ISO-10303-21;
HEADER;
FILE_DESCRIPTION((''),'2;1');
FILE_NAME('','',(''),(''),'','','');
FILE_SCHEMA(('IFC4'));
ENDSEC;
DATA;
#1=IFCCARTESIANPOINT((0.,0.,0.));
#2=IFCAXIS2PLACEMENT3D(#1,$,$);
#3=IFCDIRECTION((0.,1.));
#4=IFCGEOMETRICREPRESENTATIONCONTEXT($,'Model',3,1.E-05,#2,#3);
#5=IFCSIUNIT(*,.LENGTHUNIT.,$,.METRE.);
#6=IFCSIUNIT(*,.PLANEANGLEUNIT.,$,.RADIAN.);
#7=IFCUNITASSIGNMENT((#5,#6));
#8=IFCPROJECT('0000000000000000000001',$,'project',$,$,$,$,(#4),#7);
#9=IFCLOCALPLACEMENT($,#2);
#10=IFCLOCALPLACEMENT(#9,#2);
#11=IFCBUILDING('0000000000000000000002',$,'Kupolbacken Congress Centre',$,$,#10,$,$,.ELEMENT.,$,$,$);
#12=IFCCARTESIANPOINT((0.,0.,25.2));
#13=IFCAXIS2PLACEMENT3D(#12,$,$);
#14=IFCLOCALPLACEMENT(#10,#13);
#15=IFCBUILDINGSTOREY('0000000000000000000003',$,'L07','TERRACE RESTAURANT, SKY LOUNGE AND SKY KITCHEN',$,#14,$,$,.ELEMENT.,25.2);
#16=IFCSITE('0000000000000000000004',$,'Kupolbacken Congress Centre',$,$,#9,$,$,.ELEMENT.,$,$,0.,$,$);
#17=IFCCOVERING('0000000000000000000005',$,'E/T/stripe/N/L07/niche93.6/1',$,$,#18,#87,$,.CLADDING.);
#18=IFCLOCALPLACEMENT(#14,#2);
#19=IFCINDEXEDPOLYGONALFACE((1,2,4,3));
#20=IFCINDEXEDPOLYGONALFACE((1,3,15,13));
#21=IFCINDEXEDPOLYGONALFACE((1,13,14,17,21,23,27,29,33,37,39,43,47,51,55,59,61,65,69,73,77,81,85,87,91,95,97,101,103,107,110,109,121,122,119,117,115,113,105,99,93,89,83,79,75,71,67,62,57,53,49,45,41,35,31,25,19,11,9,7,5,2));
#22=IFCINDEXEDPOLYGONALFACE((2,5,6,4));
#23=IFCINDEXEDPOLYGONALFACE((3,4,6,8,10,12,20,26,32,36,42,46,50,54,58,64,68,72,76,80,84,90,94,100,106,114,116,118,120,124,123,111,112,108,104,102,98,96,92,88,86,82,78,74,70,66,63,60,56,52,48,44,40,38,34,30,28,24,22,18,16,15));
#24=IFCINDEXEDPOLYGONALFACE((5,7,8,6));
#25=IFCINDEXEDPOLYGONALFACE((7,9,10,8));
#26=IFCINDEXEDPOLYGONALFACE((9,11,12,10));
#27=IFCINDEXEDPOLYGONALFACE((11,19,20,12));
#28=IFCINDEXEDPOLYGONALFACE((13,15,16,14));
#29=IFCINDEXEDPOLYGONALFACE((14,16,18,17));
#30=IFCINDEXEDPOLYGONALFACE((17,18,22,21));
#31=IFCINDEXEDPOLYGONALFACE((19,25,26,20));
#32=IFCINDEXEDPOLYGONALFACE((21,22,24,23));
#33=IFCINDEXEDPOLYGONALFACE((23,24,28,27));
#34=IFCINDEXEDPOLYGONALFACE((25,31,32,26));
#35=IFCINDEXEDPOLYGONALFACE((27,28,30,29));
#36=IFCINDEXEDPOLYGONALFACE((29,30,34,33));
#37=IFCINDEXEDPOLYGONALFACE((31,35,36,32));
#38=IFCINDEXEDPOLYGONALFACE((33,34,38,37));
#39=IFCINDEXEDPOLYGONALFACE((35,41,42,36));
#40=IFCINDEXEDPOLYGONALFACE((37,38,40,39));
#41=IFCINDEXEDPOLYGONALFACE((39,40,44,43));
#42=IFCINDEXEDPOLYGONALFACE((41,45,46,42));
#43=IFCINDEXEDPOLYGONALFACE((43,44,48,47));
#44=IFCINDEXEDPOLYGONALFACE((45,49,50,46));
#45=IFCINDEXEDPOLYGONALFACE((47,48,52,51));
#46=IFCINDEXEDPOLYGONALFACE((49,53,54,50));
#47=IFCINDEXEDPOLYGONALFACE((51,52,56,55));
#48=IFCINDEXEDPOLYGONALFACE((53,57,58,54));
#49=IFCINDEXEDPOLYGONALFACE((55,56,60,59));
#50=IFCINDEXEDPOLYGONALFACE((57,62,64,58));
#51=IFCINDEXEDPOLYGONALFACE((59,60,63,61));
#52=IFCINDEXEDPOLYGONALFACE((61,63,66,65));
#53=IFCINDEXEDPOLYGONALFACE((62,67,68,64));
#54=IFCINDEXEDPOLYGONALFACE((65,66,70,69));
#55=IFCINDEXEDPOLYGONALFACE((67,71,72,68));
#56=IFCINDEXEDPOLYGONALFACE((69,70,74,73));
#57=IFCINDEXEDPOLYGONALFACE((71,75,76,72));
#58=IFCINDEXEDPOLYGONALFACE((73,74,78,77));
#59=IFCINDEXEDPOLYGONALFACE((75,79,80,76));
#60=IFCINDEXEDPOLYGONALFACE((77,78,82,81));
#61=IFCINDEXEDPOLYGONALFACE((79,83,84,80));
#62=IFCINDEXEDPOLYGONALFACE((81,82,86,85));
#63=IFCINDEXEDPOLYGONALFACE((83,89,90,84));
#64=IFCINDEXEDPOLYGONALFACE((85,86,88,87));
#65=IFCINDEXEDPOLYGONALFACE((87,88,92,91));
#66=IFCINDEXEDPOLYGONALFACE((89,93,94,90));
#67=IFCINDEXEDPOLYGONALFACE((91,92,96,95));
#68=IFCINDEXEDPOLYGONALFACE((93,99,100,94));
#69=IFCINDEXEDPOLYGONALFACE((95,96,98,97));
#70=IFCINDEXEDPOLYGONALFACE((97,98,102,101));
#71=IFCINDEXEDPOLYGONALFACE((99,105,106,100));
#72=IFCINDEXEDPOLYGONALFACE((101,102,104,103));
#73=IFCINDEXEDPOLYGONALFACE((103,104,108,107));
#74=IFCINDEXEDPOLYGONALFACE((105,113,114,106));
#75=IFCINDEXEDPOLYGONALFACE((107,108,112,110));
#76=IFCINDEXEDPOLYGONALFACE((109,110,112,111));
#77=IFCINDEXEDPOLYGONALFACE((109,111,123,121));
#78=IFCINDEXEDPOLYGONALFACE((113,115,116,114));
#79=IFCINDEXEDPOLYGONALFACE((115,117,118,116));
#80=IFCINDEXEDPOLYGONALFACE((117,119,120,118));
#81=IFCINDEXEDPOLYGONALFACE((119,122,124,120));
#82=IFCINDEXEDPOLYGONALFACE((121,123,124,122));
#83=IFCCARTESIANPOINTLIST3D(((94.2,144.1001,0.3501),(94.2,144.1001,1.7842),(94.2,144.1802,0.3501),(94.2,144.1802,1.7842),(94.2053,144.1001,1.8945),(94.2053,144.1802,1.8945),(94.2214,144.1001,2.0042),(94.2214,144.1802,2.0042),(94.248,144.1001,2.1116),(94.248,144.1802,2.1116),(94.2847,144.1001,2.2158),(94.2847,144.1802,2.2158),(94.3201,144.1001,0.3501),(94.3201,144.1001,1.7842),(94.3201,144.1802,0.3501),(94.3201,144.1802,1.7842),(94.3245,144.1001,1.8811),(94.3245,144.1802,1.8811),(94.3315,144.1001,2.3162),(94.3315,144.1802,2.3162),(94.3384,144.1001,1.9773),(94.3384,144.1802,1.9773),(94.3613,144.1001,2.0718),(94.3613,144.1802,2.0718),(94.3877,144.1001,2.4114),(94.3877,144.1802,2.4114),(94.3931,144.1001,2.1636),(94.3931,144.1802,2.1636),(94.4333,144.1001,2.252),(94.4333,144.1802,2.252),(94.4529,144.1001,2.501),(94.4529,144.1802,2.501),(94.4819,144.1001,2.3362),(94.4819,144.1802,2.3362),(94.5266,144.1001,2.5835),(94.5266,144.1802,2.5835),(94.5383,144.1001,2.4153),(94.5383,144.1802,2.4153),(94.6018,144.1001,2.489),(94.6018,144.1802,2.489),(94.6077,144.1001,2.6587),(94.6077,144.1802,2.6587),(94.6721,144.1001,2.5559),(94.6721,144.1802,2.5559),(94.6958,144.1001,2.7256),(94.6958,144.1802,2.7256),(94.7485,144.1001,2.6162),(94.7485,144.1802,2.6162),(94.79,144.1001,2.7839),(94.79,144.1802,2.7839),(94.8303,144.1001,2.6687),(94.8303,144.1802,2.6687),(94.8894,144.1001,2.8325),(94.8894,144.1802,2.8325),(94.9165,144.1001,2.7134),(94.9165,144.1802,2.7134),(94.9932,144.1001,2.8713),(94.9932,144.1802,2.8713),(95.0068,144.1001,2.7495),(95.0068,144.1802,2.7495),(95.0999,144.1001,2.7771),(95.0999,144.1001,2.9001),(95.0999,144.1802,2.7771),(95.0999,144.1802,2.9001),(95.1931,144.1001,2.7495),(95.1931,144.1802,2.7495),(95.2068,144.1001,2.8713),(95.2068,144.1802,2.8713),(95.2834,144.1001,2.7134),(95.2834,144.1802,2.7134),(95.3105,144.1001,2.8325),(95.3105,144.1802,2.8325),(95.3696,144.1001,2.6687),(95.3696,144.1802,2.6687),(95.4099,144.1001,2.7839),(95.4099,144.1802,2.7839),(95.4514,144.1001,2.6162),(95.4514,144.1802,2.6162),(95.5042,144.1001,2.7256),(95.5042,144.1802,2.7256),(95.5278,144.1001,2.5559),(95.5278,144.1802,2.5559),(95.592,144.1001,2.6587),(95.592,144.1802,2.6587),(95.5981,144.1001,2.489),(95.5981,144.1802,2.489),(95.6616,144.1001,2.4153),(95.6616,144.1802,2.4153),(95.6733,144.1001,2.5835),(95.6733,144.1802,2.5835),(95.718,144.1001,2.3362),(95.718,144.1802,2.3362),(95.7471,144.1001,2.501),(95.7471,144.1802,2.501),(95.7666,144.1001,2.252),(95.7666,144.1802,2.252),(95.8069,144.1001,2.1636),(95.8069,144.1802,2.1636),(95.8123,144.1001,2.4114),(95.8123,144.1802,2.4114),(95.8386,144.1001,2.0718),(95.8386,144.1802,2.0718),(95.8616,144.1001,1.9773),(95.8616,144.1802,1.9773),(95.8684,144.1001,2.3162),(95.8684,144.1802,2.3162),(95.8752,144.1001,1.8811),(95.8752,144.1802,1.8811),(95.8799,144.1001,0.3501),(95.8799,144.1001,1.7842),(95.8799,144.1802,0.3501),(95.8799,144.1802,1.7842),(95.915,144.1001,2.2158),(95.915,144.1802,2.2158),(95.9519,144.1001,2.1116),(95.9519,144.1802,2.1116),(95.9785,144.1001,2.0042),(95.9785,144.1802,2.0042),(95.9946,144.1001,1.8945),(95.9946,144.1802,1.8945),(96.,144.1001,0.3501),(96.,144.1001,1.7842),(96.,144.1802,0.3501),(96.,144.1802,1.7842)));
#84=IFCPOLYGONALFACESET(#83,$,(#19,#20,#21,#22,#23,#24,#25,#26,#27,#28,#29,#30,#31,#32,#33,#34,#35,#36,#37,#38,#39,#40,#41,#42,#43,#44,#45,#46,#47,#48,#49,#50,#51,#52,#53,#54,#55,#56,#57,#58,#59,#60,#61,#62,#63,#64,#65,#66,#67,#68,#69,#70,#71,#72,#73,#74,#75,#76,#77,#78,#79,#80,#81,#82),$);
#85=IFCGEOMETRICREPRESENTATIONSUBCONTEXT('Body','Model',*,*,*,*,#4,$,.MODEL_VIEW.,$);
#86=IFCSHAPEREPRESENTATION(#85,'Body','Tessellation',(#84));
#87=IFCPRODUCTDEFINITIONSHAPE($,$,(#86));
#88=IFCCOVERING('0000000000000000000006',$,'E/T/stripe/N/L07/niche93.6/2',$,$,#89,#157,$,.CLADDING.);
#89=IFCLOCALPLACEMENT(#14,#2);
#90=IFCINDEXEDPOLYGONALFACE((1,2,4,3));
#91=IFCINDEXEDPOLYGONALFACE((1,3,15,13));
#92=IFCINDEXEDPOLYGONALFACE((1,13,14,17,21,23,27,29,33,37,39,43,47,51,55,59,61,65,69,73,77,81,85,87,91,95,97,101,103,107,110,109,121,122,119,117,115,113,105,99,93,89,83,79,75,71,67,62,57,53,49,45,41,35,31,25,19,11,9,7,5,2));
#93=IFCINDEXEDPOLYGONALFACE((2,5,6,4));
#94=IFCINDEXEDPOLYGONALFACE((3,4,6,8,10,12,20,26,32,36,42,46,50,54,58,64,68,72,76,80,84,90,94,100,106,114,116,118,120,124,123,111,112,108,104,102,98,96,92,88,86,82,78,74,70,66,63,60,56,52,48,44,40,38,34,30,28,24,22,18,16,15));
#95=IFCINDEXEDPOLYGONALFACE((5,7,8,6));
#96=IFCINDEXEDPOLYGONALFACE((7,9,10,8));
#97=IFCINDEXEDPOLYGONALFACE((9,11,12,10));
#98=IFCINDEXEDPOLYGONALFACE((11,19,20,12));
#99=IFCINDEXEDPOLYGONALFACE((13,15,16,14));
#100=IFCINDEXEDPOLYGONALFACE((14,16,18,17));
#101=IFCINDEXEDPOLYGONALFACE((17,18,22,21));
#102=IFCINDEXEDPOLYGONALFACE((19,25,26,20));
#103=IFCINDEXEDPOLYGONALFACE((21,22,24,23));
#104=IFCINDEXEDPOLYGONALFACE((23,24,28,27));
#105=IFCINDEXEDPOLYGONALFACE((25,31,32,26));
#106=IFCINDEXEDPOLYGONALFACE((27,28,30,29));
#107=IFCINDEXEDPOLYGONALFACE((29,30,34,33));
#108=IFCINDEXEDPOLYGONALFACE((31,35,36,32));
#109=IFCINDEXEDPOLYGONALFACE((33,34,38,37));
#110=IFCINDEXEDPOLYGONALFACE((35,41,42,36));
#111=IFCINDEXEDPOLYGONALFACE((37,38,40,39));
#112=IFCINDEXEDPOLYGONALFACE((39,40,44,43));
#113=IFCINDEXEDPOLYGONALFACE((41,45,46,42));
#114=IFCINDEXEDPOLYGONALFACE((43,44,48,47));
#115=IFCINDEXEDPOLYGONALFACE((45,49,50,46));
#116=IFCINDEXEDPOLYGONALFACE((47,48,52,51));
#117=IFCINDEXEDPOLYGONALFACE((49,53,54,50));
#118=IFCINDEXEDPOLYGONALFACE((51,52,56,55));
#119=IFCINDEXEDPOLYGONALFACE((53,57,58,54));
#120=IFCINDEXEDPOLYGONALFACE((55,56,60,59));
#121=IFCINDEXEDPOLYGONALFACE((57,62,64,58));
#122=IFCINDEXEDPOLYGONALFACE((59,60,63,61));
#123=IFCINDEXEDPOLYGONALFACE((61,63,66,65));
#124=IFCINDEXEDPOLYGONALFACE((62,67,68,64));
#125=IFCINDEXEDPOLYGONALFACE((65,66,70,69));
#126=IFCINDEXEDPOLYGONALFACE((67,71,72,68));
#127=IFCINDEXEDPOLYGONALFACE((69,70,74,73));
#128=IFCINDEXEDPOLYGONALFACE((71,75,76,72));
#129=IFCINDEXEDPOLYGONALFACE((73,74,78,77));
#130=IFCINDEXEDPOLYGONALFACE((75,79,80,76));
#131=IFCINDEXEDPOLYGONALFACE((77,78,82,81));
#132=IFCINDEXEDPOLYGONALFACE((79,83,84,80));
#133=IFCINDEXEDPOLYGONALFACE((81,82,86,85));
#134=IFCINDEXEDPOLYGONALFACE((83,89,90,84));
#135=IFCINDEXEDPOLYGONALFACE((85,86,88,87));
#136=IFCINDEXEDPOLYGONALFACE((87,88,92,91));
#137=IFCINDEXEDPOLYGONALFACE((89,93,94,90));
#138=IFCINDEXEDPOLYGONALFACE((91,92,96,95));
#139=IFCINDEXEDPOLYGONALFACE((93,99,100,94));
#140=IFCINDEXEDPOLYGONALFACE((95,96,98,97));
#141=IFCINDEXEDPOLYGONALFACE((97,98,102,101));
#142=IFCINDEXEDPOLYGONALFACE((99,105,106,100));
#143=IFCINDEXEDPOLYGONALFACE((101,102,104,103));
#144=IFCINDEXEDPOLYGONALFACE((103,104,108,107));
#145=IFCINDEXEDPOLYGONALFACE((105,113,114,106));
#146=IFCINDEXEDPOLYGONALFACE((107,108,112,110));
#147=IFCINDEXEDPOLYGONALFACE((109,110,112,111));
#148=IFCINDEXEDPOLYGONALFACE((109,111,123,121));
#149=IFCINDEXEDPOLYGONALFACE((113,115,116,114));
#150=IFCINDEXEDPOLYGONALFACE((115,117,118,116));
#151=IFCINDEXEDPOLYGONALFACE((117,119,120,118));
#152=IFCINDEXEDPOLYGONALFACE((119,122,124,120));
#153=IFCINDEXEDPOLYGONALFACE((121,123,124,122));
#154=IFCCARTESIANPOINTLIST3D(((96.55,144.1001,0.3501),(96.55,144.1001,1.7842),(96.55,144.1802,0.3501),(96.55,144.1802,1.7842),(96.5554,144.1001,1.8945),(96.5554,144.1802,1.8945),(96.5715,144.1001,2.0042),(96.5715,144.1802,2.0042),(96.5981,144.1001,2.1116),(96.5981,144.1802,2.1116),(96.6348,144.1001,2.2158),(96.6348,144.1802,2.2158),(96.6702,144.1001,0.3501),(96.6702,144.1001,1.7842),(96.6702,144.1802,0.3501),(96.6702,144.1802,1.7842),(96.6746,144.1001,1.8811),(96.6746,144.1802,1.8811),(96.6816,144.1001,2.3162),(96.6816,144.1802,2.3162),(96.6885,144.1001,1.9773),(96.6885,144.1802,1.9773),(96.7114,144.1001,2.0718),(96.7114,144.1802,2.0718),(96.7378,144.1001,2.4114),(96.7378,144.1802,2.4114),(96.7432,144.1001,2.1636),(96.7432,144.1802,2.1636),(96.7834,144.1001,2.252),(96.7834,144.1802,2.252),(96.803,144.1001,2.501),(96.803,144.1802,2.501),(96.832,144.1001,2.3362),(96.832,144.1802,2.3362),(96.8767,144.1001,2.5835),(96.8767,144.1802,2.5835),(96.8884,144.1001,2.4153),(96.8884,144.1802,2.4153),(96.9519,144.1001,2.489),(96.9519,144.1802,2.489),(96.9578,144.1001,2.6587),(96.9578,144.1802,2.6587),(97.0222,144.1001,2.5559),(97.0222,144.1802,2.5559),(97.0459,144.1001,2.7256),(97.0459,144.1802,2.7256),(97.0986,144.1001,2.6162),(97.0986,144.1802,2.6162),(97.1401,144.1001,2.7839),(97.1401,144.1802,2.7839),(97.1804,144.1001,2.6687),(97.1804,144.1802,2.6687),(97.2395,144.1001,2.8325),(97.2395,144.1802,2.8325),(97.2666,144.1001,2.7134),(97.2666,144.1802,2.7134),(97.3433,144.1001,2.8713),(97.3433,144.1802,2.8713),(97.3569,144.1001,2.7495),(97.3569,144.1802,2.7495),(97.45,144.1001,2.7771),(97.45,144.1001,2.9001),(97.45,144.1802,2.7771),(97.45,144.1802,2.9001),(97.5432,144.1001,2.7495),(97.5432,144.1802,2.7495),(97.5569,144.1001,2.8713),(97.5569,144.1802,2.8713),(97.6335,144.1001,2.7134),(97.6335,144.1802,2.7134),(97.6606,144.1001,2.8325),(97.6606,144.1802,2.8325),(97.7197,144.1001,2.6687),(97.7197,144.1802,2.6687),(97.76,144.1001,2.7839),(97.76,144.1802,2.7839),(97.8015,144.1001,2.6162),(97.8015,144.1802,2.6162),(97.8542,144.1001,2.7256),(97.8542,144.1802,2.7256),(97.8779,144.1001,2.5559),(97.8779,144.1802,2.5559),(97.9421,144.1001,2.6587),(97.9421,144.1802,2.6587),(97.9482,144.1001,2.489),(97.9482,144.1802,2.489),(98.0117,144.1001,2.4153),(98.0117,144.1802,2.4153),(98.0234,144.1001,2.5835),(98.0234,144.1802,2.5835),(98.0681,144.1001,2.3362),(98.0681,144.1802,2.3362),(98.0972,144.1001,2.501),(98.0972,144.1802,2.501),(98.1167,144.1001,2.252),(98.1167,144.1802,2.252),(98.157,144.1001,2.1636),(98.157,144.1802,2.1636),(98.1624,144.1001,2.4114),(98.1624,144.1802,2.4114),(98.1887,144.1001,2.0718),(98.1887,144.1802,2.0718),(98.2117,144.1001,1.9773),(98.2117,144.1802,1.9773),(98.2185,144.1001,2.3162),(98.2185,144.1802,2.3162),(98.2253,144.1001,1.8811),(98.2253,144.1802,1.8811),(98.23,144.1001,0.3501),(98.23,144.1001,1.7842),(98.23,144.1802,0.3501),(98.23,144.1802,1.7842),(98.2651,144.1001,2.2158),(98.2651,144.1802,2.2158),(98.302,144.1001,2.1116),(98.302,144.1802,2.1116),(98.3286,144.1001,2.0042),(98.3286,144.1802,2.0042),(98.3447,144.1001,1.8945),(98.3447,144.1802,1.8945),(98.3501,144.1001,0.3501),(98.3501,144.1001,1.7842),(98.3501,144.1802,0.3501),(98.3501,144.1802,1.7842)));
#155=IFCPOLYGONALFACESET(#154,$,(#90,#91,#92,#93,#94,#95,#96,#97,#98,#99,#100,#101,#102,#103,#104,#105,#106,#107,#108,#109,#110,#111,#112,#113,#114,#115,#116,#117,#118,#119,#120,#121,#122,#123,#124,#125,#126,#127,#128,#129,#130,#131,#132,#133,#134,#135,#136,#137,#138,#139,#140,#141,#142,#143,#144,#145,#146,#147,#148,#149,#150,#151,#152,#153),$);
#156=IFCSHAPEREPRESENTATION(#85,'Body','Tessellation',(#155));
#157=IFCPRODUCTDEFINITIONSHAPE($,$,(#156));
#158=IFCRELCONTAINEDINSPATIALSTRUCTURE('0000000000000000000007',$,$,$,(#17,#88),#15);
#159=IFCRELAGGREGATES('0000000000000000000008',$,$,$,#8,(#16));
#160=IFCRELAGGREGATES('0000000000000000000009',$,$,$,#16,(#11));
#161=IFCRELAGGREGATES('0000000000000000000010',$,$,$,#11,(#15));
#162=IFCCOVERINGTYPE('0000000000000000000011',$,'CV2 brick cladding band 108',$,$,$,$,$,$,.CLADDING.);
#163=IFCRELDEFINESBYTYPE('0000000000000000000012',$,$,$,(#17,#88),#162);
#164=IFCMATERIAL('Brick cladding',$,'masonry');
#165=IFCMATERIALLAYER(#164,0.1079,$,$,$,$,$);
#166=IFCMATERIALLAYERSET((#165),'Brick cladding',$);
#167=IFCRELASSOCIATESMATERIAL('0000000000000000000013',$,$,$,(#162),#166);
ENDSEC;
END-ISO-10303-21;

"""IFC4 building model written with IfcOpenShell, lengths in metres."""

from ifc_helpers import new_model, si_unit, direction, frame, origin, place, context, subcontext, project, spatial, polyline, outline, extrude, material, layer, layer_set, type_object, element, save


model = new_model("IFC4")

# Units and contexts
model_context = context("Model", 3, precision=1e-05, world=origin(), true_north=direction((0.0, 1.0)))
body_context = subcontext(model_context, "Body", "Model", "MODEL_VIEW")
ifc_project = project(units=[si_unit("LENGTHUNIT", "METRE"), si_unit("PLANEANGLEUNIT", "RADIAN")], contexts=[model_context])

# Site, building, storey
site_placement = place(None, origin())
site = spatial("IfcSite", under=ifc_project, at=site_placement, Name="Kupolbacken Congress Centre", CompositionType="ELEMENT", RefElevation=0.0)
building_placement = place(site_placement, origin())
building = spatial("IfcBuilding", under=site, at=building_placement, Name="Kupolbacken Congress Centre", CompositionType="ELEMENT")
storey_placement = place(building_placement, frame((0.0, 0.0, 25.2)))
storey = spatial("IfcBuildingStorey", under=building, at=storey_placement, Name="L07", Description="TERRACE RESTAURANT, SKY LOUNGE AND SKY KITCHEN", CompositionType="ELEMENT", Elevation=25.2)

# Coverings
ifc_material_1 = material(Name="Brick cladding", Category="masonry")
ifc_layer_1 = layer(ifc_material_1, 0.1079)
ifc_layer_set_1 = layer_set([ifc_layer_1], Name="Brick cladding")
covering_type = type_object("IfcCoveringType", Name="CV2 brick cladding band 108", PredefinedType="CLADDING", material=ifc_layer_set_1)
covering_1_placement = place(storey_placement, frame((94.2, 144.1001, 0.3501), z_axis=(0.0, 1.0, 0.0), x_axis=(-1.0, 0.0, 0.0)))
element("IfcCovering", 1, at=covering_1_placement, inside=storey, type_object=covering_type, Name="E/T/stripe/N/L07/niche93.6/1", PredefinedType="CLADDING", context=body_context, shape_type="SweptSolid", body=[
    extrude(outline(polyline([(0.0, 0.0), (0.0, 1.4341), (-0.0054, 1.5444), (-0.0215, 1.6541), (-0.0481, 1.7615), (-0.0847, 1.8657), (-0.1316, 1.9661), (-0.1877, 2.0613), (-0.2529, 2.1509), (-0.3267, 2.2334), (-0.4077, 2.3086), (-0.4958, 2.3755), (-0.5901, 2.4338), (-0.6895, 2.4824), (-0.7932, 2.5212), (-0.8999, 2.55), (-1.0068, 2.5212), (-1.1106, 2.4824), (-1.21, 2.4338), (-1.3042, 2.3755), (-1.3921, 2.3086), (-1.4734, 2.2334), (-1.5471, 2.1509), (-1.6123, 2.0613), (-1.6685, 1.9661), (-1.7151, 1.8657), (-1.752, 1.7615), (-1.7786, 1.6541), (-1.7947, 1.5444), (-1.8, 1.4341), (-1.8, 0.0), (-1.6799, 0.0), (-1.6799, 1.4341), (-1.6753, 1.531), (-1.6616, 1.6272), (-1.6387, 1.7217), (-1.6069, 1.8135), (-1.5667, 1.9019), (-1.5181, 1.9861), (-1.4617, 2.0652), (-1.3982, 2.1389), (-1.3279, 2.2058), (-1.2515, 2.2661), (-1.1697, 2.3186), (-1.0835, 2.3633), (-0.9932, 2.3994), (-0.8999, 2.427), (-0.8069, 2.3994), (-0.7166, 2.3633), (-0.6304, 2.3186), (-0.5486, 2.2661), (-0.4722, 2.2058), (-0.4019, 2.1389), (-0.3384, 2.0652), (-0.282, 1.9861), (-0.2334, 1.9019), (-0.1931, 1.8135), (-0.1614, 1.7217), (-0.1384, 1.6272), (-0.1245, 1.531), (-0.1201, 1.4341), (-0.1201, 0.0), (0.0, 0.0)])), origin(), (0.0, 0.0, 1.0), 0.0801),
])
covering_2_placement = place(storey_placement, frame((96.55, 144.1001, 0.3501), z_axis=(0.0, 1.0, 0.0), x_axis=(-1.0, 0.0, 0.0)))
element("IfcCovering", 2, at=covering_2_placement, inside=storey, type_object=covering_type, Name="E/T/stripe/N/L07/niche93.6/2", PredefinedType="CLADDING", context=body_context, shape_type="SweptSolid", body=[
    extrude(outline(polyline([(0.0, 0.0), (0.0, 1.4341), (-0.0054, 1.5444), (-0.0215, 1.6541), (-0.0481, 1.7615), (-0.0847, 1.8657), (-0.1316, 1.9661), (-0.1877, 2.0613), (-0.2529, 2.1509), (-0.3267, 2.2334), (-0.4077, 2.3086), (-0.4958, 2.3755), (-0.5901, 2.4338), (-0.6895, 2.4824), (-0.7932, 2.5212), (-0.8999, 2.55), (-1.0068, 2.5212), (-1.1106, 2.4824), (-1.21, 2.4338), (-1.3042, 2.3755), (-1.3921, 2.3086), (-1.4734, 2.2334), (-1.5471, 2.1509), (-1.6123, 2.0613), (-1.6685, 1.9661), (-1.7151, 1.8657), (-1.752, 1.7615), (-1.7786, 1.6541), (-1.7947, 1.5444), (-1.8, 1.4341), (-1.8, 0.0), (-1.6799, 0.0), (-1.6799, 1.4341), (-1.6753, 1.531), (-1.6616, 1.6272), (-1.6387, 1.7217), (-1.6069, 1.8135), (-1.5667, 1.9019), (-1.5181, 1.9861), (-1.4617, 2.0652), (-1.3982, 2.1389), (-1.3279, 2.2058), (-1.2515, 2.2661), (-1.1697, 2.3186), (-1.0835, 2.3633), (-0.9932, 2.3994), (-0.8999, 2.427), (-0.8069, 2.3994), (-0.7166, 2.3633), (-0.6304, 2.3186), (-0.5486, 2.2661), (-0.4722, 2.2058), (-0.4019, 2.1389), (-0.3384, 2.0652), (-0.282, 1.9861), (-0.2334, 1.9019), (-0.1931, 1.8135), (-0.1614, 1.7217), (-0.1384, 1.6272), (-0.1245, 1.531), (-0.1201, 1.4341), (-0.1201, 0.0), (0.0, 0.0)])), origin(), (0.0, 0.0, 1.0), 0.0801),
])

save(model, "model.ifc")
